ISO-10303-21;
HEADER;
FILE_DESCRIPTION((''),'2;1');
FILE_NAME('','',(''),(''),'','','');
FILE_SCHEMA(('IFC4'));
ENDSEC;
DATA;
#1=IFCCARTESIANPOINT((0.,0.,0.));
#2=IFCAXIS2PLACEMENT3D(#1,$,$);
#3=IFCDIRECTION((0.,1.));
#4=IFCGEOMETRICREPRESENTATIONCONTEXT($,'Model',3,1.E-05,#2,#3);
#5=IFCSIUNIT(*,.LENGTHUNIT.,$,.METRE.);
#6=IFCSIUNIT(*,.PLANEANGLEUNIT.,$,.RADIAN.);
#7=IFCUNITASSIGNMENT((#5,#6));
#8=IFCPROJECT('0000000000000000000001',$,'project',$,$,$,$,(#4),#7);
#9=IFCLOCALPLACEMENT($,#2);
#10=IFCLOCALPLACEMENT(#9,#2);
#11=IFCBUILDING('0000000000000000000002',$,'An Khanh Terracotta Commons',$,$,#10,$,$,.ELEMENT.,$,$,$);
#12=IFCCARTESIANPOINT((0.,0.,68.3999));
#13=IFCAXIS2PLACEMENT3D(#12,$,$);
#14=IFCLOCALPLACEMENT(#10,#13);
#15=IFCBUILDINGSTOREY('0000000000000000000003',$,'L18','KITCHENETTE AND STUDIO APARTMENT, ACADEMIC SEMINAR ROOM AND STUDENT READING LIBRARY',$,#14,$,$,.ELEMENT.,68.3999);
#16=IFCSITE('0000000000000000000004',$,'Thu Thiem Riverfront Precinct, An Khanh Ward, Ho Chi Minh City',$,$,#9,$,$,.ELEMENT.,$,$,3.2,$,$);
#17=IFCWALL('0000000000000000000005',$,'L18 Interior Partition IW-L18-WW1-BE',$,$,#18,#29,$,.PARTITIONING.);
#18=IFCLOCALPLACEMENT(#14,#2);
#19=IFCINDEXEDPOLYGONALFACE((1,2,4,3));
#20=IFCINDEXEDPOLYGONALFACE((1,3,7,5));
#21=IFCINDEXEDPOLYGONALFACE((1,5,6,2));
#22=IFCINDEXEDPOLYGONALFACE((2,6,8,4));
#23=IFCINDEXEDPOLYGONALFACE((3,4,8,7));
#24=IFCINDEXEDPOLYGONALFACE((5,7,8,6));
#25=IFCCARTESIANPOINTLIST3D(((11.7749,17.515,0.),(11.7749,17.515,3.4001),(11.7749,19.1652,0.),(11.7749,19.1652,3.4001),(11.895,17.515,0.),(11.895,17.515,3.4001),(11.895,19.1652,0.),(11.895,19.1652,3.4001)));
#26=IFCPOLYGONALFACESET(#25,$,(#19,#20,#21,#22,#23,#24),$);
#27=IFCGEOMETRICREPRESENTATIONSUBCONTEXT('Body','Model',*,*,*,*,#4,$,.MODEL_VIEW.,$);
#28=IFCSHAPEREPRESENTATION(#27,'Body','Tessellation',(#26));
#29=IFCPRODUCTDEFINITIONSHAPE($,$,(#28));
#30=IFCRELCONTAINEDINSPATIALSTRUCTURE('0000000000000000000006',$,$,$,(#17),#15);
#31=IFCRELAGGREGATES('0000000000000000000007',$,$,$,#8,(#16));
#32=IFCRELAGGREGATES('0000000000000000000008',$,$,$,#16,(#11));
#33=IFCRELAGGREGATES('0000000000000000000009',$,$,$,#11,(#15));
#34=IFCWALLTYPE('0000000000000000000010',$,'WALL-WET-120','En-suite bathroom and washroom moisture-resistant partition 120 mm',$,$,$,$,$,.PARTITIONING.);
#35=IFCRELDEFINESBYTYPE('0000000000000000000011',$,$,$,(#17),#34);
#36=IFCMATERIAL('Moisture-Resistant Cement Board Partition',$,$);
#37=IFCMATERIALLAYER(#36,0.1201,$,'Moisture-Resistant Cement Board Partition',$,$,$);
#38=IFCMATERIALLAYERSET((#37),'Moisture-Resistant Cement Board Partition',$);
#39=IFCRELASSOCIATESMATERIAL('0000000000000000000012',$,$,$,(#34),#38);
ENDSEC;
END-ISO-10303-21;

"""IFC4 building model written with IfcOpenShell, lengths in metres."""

from ifc_helpers import new_model, si_unit, direction, frame, frame_2d, origin, place, context, subcontext, project, spatial, rectangle, extrude, material, layer, layer_set, type_object, element, save


model = new_model("IFC4")

# Units and contexts
model_context = context("Model", 3, precision=1e-05, world=origin(), true_north=direction((0.0, 1.0)))
body_context = subcontext(model_context, "Body", "Model", "MODEL_VIEW")
ifc_project = project(units=[si_unit("LENGTHUNIT", "METRE"), si_unit("PLANEANGLEUNIT", "RADIAN")], contexts=[model_context])

# Site, building, storey
site_placement = place(None, origin())
site = spatial("IfcSite", under=ifc_project, at=site_placement, Name="Thu Thiem Riverfront Precinct, An Khanh Ward, Ho Chi Minh City", CompositionType="ELEMENT", RefElevation=3.2)
building_placement = place(site_placement, origin())
building = spatial("IfcBuilding", under=site, at=building_placement, Name="An Khanh Terracotta Commons", CompositionType="ELEMENT")
storey_placement = place(building_placement, frame((0.0, 0.0, 68.3999)))
storey = spatial("IfcBuildingStorey", under=building, at=storey_placement, Name="L18", Description="KITCHENETTE AND STUDIO APARTMENT, ACADEMIC SEMINAR ROOM AND STUDENT READING LIBRARY", CompositionType="ELEMENT", Elevation=68.3999)

# Shared definitions
ifc_material_1 = material(Name="Moisture-Resistant Cement Board Partition")
ifc_layer_1 = layer(ifc_material_1, 0.1201, Name="Moisture-Resistant Cement Board Partition")
ifc_layer_set_1 = layer_set([ifc_layer_1], Name="Moisture-Resistant Cement Board Partition")
wall_type_1 = type_object("IfcWallType", Name="WALL-WET-120", Description="En-suite bathroom and washroom moisture-resistant partition 120 mm", PredefinedType="PARTITIONING", material=ifc_layer_set_1)

# Wall
for number, where, z_axis, x_axis, name in (
    (1, (11.835, 17.5149, 0.0), (0.0, 0.0, 1.0), (0.0, 1.0, 0.0), "L18 Interior Partition IW-L18-WW1-BE"),
):
    element("IfcWall", number, at=place(storey_placement, frame(where, z_axis=z_axis, x_axis=x_axis)), inside=storey, type_object=wall_type_1, Name=name, PredefinedType="PARTITIONING", context=body_context, shape_type="SweptSolid", body=[
        extrude(rectangle(XDim=1.6501, YDim=0.1201, at=frame_2d((0.8252, 0.0))), origin(), (0.0, 0.0, 1.0), 3.4001),
    ])

save(model, "model.ifc")
